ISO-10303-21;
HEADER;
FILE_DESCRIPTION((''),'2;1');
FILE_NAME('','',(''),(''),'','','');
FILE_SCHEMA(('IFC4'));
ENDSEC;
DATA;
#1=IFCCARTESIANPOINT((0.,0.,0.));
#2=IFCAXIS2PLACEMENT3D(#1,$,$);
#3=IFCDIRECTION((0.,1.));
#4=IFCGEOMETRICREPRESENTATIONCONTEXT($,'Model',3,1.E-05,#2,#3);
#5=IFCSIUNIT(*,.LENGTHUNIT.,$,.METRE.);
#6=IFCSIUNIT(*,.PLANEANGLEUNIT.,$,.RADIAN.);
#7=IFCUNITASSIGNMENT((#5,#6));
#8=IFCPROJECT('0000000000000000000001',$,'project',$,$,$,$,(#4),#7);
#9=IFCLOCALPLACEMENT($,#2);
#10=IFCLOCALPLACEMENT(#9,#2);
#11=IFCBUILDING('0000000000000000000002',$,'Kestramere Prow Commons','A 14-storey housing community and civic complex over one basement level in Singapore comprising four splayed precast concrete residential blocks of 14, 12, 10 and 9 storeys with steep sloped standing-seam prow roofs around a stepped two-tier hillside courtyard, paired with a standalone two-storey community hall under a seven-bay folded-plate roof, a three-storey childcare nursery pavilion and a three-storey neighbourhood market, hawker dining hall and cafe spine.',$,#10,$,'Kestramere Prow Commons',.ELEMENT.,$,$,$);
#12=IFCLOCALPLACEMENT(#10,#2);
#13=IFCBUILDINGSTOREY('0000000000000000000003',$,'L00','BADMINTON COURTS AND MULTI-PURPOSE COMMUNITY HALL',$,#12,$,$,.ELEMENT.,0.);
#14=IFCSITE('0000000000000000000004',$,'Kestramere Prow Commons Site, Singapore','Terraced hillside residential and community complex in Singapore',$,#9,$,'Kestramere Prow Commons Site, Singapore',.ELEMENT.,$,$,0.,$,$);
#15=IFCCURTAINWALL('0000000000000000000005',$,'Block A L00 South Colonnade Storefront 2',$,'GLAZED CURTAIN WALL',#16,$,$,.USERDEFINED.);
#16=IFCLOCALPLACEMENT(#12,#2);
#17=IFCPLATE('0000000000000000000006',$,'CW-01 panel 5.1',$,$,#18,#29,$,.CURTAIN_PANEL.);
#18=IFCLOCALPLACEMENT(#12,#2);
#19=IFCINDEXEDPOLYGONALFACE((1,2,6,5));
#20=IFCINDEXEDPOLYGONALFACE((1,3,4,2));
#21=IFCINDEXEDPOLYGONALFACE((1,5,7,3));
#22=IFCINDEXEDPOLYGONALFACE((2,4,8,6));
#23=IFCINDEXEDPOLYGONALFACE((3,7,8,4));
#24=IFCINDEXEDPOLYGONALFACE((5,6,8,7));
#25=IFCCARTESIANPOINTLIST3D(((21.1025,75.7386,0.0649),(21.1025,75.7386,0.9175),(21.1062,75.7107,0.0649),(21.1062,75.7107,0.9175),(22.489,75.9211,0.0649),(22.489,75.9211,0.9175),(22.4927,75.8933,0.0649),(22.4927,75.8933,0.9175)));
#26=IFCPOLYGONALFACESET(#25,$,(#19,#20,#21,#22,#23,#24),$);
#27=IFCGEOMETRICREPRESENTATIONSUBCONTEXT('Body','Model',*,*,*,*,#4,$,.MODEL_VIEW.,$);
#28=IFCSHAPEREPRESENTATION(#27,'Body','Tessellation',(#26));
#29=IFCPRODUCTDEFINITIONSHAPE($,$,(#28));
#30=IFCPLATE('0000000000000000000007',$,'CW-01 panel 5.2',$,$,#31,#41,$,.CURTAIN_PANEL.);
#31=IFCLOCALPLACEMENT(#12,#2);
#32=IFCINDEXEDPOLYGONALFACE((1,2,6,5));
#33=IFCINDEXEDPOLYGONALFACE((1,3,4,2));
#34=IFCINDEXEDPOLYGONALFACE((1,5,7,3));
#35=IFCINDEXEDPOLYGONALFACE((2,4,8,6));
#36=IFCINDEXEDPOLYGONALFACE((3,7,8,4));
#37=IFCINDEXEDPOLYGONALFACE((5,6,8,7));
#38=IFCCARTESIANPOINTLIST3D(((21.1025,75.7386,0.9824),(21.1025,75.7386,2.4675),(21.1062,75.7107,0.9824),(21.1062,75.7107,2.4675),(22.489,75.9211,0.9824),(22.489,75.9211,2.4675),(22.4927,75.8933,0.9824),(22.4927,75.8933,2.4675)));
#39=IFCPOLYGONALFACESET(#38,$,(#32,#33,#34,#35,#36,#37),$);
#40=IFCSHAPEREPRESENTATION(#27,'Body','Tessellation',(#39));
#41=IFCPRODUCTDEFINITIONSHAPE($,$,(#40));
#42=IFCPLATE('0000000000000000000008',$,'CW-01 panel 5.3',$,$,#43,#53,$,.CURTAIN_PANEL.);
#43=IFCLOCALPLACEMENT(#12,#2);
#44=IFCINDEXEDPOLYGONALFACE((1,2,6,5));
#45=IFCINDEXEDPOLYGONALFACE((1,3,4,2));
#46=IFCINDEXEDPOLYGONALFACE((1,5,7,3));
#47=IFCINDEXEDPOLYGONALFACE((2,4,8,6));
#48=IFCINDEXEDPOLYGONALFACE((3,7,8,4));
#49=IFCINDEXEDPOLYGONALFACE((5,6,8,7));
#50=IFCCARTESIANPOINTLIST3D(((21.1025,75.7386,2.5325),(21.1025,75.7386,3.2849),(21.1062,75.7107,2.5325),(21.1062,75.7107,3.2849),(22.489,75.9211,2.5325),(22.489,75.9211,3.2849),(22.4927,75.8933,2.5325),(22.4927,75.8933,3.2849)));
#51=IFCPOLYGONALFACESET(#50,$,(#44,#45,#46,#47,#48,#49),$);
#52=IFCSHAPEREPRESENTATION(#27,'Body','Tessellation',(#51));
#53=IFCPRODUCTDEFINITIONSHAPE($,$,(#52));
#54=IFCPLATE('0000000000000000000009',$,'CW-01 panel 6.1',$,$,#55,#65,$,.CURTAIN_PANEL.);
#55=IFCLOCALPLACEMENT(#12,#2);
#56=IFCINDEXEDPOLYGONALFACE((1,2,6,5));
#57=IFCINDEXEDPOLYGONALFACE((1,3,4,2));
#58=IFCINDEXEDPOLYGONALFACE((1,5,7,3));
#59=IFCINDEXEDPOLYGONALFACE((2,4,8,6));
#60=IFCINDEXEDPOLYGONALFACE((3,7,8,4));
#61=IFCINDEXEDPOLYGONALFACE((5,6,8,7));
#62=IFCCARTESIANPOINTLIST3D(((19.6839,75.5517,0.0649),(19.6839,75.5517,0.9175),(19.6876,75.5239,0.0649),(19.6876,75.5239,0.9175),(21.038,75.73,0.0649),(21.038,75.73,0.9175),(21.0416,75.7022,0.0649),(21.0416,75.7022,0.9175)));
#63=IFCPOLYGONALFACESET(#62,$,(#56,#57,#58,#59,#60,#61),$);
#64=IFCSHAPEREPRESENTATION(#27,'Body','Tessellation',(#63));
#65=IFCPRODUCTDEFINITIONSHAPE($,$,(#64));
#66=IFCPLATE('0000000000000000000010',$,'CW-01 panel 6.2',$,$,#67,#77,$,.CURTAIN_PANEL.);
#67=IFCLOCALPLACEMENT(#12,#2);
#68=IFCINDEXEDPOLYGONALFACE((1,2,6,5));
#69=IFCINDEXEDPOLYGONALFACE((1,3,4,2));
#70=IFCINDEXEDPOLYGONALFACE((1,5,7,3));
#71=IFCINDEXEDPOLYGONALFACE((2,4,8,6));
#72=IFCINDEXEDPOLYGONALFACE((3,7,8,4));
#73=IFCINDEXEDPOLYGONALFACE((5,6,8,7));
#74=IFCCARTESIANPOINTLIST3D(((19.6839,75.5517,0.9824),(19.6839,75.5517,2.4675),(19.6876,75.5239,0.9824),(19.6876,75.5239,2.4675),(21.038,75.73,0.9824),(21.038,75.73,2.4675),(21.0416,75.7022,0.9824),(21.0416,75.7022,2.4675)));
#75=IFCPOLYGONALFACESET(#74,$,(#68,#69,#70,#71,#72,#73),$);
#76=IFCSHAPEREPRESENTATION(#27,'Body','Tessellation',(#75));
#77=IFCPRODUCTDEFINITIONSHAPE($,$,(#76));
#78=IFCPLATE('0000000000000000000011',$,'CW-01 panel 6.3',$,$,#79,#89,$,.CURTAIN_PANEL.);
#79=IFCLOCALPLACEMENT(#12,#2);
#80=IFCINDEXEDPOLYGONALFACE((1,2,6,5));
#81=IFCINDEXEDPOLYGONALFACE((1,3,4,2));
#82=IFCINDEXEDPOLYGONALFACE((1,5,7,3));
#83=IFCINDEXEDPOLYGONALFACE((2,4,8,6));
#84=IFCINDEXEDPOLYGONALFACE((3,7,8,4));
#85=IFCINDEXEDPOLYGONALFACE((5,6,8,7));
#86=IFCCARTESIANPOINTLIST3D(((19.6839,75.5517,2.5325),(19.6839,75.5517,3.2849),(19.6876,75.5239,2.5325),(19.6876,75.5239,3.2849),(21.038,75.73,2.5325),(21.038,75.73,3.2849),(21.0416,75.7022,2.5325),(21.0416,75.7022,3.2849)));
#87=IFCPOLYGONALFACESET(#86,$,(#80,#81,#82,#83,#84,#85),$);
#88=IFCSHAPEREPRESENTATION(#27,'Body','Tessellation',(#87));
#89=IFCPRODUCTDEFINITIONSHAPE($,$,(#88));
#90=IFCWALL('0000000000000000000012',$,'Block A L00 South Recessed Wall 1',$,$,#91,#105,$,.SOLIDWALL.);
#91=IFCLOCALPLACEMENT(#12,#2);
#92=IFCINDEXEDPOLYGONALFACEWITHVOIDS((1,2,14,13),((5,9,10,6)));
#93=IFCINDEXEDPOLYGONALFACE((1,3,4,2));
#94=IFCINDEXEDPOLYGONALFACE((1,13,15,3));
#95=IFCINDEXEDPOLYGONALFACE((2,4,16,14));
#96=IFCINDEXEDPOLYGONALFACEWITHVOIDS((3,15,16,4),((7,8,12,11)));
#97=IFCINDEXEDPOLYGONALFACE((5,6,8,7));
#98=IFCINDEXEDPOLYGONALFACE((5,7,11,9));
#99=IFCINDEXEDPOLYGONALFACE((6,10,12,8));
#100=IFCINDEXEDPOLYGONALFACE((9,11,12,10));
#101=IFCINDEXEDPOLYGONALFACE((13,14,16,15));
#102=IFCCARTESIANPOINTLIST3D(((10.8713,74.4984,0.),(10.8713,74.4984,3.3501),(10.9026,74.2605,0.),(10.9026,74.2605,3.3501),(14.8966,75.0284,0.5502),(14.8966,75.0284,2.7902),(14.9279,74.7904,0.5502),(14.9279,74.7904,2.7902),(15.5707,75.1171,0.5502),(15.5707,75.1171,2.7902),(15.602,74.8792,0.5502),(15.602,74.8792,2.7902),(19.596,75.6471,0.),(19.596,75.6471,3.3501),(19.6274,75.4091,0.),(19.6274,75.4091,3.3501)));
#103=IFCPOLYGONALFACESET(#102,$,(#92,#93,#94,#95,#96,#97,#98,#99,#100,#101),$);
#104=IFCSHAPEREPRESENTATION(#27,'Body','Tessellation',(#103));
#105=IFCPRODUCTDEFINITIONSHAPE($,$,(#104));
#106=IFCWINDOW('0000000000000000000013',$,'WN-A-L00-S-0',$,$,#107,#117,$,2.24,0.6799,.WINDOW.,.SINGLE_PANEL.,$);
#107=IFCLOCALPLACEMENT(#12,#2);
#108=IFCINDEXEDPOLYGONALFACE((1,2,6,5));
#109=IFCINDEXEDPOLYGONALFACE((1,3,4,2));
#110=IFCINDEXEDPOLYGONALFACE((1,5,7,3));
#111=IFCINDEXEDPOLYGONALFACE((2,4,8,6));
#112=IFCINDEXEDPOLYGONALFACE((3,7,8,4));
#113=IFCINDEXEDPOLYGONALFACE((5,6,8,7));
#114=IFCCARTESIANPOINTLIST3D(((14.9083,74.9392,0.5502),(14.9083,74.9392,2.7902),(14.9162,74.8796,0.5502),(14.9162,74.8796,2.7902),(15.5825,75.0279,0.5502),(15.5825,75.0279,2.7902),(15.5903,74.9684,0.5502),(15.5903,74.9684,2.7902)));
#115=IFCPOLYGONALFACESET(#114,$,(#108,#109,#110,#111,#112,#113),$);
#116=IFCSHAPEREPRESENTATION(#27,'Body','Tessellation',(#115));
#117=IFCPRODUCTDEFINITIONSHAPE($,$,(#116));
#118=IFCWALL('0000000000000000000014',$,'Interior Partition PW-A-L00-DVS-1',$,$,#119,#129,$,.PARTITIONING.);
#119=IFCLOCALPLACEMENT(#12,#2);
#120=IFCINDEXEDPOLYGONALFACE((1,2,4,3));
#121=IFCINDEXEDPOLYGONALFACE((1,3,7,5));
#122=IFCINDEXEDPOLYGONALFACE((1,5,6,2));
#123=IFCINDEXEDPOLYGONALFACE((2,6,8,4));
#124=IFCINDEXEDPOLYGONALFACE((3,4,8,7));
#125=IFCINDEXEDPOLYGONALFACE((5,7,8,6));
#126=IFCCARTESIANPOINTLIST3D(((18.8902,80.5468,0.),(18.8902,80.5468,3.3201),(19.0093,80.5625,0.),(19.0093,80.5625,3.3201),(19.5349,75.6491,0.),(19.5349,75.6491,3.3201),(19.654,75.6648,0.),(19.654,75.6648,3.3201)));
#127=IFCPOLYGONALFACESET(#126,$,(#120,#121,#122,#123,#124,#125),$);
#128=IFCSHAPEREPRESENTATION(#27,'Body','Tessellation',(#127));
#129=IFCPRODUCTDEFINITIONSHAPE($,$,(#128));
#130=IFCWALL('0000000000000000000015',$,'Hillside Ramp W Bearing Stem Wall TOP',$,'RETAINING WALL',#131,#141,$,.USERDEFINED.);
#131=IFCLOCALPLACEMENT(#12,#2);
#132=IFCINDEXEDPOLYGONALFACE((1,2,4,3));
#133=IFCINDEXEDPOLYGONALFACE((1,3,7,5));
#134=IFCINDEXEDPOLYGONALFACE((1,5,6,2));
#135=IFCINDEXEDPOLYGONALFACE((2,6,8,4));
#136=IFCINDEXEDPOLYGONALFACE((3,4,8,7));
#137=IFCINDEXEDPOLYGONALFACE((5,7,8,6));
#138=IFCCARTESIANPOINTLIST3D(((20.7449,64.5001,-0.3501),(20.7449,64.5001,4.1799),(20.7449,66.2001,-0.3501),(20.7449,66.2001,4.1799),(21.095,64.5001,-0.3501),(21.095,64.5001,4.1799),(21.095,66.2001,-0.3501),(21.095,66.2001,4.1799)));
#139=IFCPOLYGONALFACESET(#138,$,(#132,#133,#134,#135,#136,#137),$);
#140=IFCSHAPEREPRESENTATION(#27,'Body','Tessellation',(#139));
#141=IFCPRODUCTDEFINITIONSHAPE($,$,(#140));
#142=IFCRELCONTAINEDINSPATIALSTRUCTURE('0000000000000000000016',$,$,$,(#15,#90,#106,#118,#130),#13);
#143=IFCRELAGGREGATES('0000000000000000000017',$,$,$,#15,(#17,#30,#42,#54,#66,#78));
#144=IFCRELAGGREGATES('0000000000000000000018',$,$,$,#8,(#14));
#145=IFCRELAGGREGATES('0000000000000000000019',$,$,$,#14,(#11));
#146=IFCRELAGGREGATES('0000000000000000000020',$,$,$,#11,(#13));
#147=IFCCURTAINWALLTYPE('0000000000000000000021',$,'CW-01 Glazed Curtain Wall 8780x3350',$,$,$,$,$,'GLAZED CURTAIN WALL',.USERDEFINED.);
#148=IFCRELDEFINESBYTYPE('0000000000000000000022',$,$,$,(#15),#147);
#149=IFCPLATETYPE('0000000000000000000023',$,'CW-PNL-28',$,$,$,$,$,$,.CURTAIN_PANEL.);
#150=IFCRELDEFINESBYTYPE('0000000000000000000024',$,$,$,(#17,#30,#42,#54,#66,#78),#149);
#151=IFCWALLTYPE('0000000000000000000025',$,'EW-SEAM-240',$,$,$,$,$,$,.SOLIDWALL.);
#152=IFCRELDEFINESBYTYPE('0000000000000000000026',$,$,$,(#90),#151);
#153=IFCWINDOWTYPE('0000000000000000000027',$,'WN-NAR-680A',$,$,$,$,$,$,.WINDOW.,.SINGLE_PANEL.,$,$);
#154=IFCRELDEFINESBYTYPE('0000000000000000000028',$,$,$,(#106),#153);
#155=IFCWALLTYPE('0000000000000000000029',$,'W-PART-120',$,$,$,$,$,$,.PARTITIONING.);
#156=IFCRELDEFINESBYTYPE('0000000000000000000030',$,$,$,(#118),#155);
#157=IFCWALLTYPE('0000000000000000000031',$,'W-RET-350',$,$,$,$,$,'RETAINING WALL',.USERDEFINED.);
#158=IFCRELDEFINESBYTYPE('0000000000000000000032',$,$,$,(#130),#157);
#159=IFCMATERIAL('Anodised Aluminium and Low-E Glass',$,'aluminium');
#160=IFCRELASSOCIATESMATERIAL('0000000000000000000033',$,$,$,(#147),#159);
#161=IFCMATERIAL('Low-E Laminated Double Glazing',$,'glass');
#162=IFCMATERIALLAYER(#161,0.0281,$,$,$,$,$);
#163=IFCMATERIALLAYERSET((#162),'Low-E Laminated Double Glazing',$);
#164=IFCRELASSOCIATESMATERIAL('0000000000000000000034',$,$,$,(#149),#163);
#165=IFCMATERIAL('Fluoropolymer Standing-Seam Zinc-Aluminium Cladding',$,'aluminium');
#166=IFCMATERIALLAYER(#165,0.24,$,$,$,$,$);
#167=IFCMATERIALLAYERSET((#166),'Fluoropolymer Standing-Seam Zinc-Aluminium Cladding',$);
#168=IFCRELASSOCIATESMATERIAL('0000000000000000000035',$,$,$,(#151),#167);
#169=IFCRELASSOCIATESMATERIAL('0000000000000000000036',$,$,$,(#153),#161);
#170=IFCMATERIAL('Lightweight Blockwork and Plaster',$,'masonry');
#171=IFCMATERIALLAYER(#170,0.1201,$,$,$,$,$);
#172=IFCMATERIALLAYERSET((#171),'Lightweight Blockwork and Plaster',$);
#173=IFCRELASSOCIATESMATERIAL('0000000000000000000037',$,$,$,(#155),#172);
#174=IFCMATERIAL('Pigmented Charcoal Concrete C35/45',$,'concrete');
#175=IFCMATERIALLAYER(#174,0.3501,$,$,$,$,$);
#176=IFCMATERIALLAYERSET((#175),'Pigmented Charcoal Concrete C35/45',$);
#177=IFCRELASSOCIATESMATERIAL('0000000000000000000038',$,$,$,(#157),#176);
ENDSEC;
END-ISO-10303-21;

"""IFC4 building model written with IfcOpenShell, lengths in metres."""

from ifc_helpers import new_model, si_unit, direction, frame, frame_2d, origin, origin_2d, place, context, subcontext, project, spatial, rectangle, extrude, material, layer, layer_set, type_object, element, fill, aggregate, save


model = new_model("IFC4")

# Units and contexts
model_context = context("Model", 3, precision=1e-05, world=origin(), true_north=direction((0.0, 1.0)))
body_context = subcontext(model_context, "Body", "Model", "MODEL_VIEW")
ifc_project = project(units=[si_unit("LENGTHUNIT", "METRE"), si_unit("PLANEANGLEUNIT", "RADIAN")], contexts=[model_context])

# Site, building, storey
site_placement = place(None, origin())
site = spatial("IfcSite", under=ifc_project, at=site_placement, Name="Kestramere Prow Commons Site, Singapore", Description="Terraced hillside residential and community complex in Singapore", LongName="Kestramere Prow Commons Site, Singapore", CompositionType="ELEMENT", RefElevation=0.0)
building_placement = place(site_placement, origin())
building = spatial("IfcBuilding", under=site, at=building_placement, Name="Kestramere Prow Commons", Description="A 14-storey housing community and civic complex over one basement level in Singapore comprising four splayed precast concrete residential blocks of 14, 12, 10 and 9 storeys with steep sloped standing-seam prow roofs around a stepped two-tier hillside courtyard, paired with a standalone two-storey community hall under a seven-bay folded-plate roof, a three-storey childcare nursery pavilion and a three-storey neighbourhood market, hawker dining hall and cafe spine.", LongName="Kestramere Prow Commons", CompositionType="ELEMENT")
storey_placement = place(building_placement, origin())
storey = spatial("IfcBuildingStorey", under=building, at=storey_placement, Name="L00", Description="BADMINTON COURTS AND MULTI-PURPOSE COMMUNITY HALL", CompositionType="ELEMENT", Elevation=0.0)

# Curtain wall
ifc_material_1 = material(Name="Anodised Aluminium and Low-E Glass", Category="aluminium")
curtain_wall_type = type_object("IfcCurtainWallType", Name="CW-01 Glazed Curtain Wall 8780x3350", ElementType="GLAZED CURTAIN WALL", PredefinedType="USERDEFINED", material=ifc_material_1)
curtain_wall_placement = place(storey_placement, origin())
curtain_wall = element("IfcCurtainWall", 1, at=curtain_wall_placement, inside=storey, type_object=curtain_wall_type, Name="Block A L00 South Colonnade Storefront 2", ObjectType="GLAZED CURTAIN WALL", PredefinedType="USERDEFINED")

# Plates
ifc_material_2 = material(Name="Low-E Laminated Double Glazing", Category="glass")
ifc_layer_1 = layer(ifc_material_2, 0.0281)
ifc_layer_set_1 = layer_set([ifc_layer_1], Name="Low-E Laminated Double Glazing")
plate_type = type_object("IfcPlateType", Name="CW-PNL-28", PredefinedType="CURTAIN_PANEL", material=ifc_layer_set_1)
plate_1_placement = place(storey_placement, frame((21.7976, 75.8159, 0.0649), z_axis=(0.0, 0.0, 1.0), x_axis=(-0.991445, -0.130526, 0.0)))
plate_1 = element("IfcPlate", 2, at=plate_1_placement, type_object=plate_type, Name="CW-01 panel 5.1", PredefinedType="CURTAIN_PANEL", context=body_context, shape_type="SweptSolid", body=[
    extrude(rectangle(XDim=1.3984, YDim=0.0281, at=origin_2d()), origin(), (0.0, 0.0, 1.0), 0.8525),
])
plate_2_placement = place(storey_placement, frame((21.7976, 75.8159, 0.9824), z_axis=(0.0, 0.0, 1.0), x_axis=(-0.991445, -0.130526, 0.0)))
plate_2 = element("IfcPlate", 3, at=plate_2_placement, type_object=plate_type, Name="CW-01 panel 5.2", PredefinedType="CURTAIN_PANEL", context=body_context, shape_type="SweptSolid", body=[
    extrude(rectangle(XDim=1.3984, YDim=0.0281, at=origin_2d()), origin(), (0.0, 0.0, 1.0), 1.4851),
])
plate_3_placement = place(storey_placement, frame((21.7976, 75.8159, 2.5325), z_axis=(0.0, 0.0, 1.0), x_axis=(-0.991445, -0.130526, 0.0)))
plate_3 = element("IfcPlate", 4, at=plate_3_placement, type_object=plate_type, Name="CW-01 panel 5.3", PredefinedType="CURTAIN_PANEL", context=body_context, shape_type="SweptSolid", body=[
    extrude(rectangle(XDim=1.3984, YDim=0.0281, at=origin_2d()), origin(), (0.0, 0.0, 1.0), 0.7524),
])
plate_4_placement = place(storey_placement, frame((20.3628, 75.627, 0.0649), z_axis=(0.0, 0.0, 1.0), x_axis=(-0.991445, -0.130526, 0.0)))
plate_4 = element("IfcPlate", 5, at=plate_4_placement, type_object=plate_type, Name="CW-01 panel 6.1", PredefinedType="CURTAIN_PANEL", context=body_context, shape_type="SweptSolid", body=[
    extrude(rectangle(XDim=1.3657, YDim=0.0281, at=origin_2d()), origin(), (0.0, 0.0, 1.0), 0.8525),
])
plate_5_placement = place(storey_placement, frame((20.3628, 75.627, 0.9824), z_axis=(0.0, 0.0, 1.0), x_axis=(-0.991445, -0.130526, 0.0)))
plate_5 = element("IfcPlate", 6, at=plate_5_placement, type_object=plate_type, Name="CW-01 panel 6.2", PredefinedType="CURTAIN_PANEL", context=body_context, shape_type="SweptSolid", body=[
    extrude(rectangle(XDim=1.3657, YDim=0.0281, at=origin_2d()), origin(), (0.0, 0.0, 1.0), 1.4851),
])
plate_6_placement = place(storey_placement, frame((20.3628, 75.627, 2.5325), z_axis=(0.0, 0.0, 1.0), x_axis=(-0.991445, -0.130526, 0.0)))
plate_6 = element("IfcPlate", 7, at=plate_6_placement, type_object=plate_type, Name="CW-01 panel 6.3", PredefinedType="CURTAIN_PANEL", context=body_context, shape_type="SweptSolid", body=[
    extrude(rectangle(XDim=1.3657, YDim=0.0281, at=origin_2d()), origin(), (0.0, 0.0, 1.0), 0.7524),
])
aggregate(curtain_wall, [plate_1, plate_2, plate_3, plate_4, plate_5, plate_6])

# Wall, opening, window
ifc_material_3 = material(Name="Fluoropolymer Standing-Seam Zinc-Aluminium Cladding", Category="aluminium")
ifc_layer_2 = layer(ifc_material_3, 0.24)
ifc_layer_set_2 = layer_set([ifc_layer_2], Name="Fluoropolymer Standing-Seam Zinc-Aluminium Cladding")
wall_type_1 = type_object("IfcWallType", Name="EW-SEAM-240", PredefinedType="SOLIDWALL", material=ifc_layer_set_2)
wall_1_placement = place(storey_placement, frame((19.6116, 75.5281, 0.0), z_axis=(0.0, 0.0, 1.0), x_axis=(-0.991444, -0.13053, 0.0)))
wall_1 = element("IfcWall", 8, at=wall_1_placement, inside=storey, type_object=wall_type_1, Name="Block A L00 South Recessed Wall 1", PredefinedType="SOLIDWALL", context=body_context, shape_type="SweptSolid", body=[
    extrude(rectangle(XDim=8.8, YDim=0.24, at=frame_2d((4.3999, 0.0))), origin(), (0.0, 0.0, 1.0), 3.3501),
])
opening_placement = place(wall_1_placement, frame((4.0601, 0.0, 0.55)))
opening = element("IfcOpeningElement", 9, at=opening_placement, cuts=wall_1, PredefinedType="OPENING", context=body_context, shape_type="SweptSolid", body=[
    extrude(rectangle(XDim=0.6799, YDim=2.24, at=frame_2d((0.3398, 1.1201))), frame((0.0, 0.135, 0.0), z_axis=(0.0, -1.0, 0.0), x_axis=(1.0, 0.0, 0.0)), (0.0, 0.0, 1.0), 0.27),
])
window_type = type_object("IfcWindowType", Name="WN-NAR-680A", PartitioningType="SINGLE_PANEL", PredefinedType="WINDOW", material=ifc_material_2)
window_placement = place(opening_placement, origin())
window = element("IfcWindow", 10, at=window_placement, inside=storey, type_object=window_type, Name="WN-A-L00-S-0", OverallHeight=2.24, OverallWidth=0.6799, PartitioningType="SINGLE_PANEL", PredefinedType="WINDOW", context=body_context, shape_type="SweptSolid", body=[
    extrude(rectangle(XDim=0.6799, YDim=2.24, at=frame_2d((0.3398, 1.1201))), frame((0.0, 0.03, 0.0), z_axis=(0.0, -1.0, 0.0), x_axis=(1.0, 0.0, 0.0)), (0.0, 0.0, 1.0), 0.0601),
])
fill(opening, window)

# Walls
ifc_material_4 = material(Name="Lightweight Blockwork and Plaster", Category="masonry")
ifc_layer_3 = layer(ifc_material_4, 0.1201)
ifc_layer_set_3 = layer_set([ifc_layer_3], Name="Lightweight Blockwork and Plaster")
wall_type_2 = type_object("IfcWallType", Name="W-PART-120", PredefinedType="PARTITIONING", material=ifc_layer_set_3)
wall_2_placement = place(storey_placement, frame((19.5945, 75.657, 0.0), z_axis=(0.0, 0.0, 1.0), x_axis=(-0.130522, 0.991445, 0.0)))
element("IfcWall", 11, at=wall_2_placement, inside=storey, type_object=wall_type_2, Name="Interior Partition PW-A-L00-DVS-1", PredefinedType="PARTITIONING", context=body_context, shape_type="SweptSolid", body=[
    extrude(rectangle(XDim=4.9399, YDim=0.1201, at=frame_2d((2.47, 0.0))), origin(), (0.0, 0.0, 1.0), 3.3201),
])
ifc_material_5 = material(Name="Pigmented Charcoal Concrete C35/45", Category="concrete")
ifc_layer_4 = layer(ifc_material_5, 0.3501)
ifc_layer_set_4 = layer_set([ifc_layer_4], Name="Pigmented Charcoal Concrete C35/45")
wall_type_3 = type_object("IfcWallType", Name="W-RET-350", ElementType="RETAINING WALL", PredefinedType="USERDEFINED", material=ifc_layer_set_4)
wall_3_placement = place(storey_placement, frame((20.9199, 64.5, -0.3501), z_axis=(0.0, 0.0, 1.0), x_axis=(0.0, 1.0, 0.0)))
element("IfcWall", 12, at=wall_3_placement, inside=storey, type_object=wall_type_3, Name="Hillside Ramp W Bearing Stem Wall TOP", ObjectType="RETAINING WALL", PredefinedType="USERDEFINED", context=body_context, shape_type="SweptSolid", body=[
    extrude(rectangle(XDim=1.7, YDim=0.3501, at=frame_2d((0.8501, 0.0))), origin(), (0.0, 0.0, 1.0), 4.53),
])

save(model, "model.ifc")
